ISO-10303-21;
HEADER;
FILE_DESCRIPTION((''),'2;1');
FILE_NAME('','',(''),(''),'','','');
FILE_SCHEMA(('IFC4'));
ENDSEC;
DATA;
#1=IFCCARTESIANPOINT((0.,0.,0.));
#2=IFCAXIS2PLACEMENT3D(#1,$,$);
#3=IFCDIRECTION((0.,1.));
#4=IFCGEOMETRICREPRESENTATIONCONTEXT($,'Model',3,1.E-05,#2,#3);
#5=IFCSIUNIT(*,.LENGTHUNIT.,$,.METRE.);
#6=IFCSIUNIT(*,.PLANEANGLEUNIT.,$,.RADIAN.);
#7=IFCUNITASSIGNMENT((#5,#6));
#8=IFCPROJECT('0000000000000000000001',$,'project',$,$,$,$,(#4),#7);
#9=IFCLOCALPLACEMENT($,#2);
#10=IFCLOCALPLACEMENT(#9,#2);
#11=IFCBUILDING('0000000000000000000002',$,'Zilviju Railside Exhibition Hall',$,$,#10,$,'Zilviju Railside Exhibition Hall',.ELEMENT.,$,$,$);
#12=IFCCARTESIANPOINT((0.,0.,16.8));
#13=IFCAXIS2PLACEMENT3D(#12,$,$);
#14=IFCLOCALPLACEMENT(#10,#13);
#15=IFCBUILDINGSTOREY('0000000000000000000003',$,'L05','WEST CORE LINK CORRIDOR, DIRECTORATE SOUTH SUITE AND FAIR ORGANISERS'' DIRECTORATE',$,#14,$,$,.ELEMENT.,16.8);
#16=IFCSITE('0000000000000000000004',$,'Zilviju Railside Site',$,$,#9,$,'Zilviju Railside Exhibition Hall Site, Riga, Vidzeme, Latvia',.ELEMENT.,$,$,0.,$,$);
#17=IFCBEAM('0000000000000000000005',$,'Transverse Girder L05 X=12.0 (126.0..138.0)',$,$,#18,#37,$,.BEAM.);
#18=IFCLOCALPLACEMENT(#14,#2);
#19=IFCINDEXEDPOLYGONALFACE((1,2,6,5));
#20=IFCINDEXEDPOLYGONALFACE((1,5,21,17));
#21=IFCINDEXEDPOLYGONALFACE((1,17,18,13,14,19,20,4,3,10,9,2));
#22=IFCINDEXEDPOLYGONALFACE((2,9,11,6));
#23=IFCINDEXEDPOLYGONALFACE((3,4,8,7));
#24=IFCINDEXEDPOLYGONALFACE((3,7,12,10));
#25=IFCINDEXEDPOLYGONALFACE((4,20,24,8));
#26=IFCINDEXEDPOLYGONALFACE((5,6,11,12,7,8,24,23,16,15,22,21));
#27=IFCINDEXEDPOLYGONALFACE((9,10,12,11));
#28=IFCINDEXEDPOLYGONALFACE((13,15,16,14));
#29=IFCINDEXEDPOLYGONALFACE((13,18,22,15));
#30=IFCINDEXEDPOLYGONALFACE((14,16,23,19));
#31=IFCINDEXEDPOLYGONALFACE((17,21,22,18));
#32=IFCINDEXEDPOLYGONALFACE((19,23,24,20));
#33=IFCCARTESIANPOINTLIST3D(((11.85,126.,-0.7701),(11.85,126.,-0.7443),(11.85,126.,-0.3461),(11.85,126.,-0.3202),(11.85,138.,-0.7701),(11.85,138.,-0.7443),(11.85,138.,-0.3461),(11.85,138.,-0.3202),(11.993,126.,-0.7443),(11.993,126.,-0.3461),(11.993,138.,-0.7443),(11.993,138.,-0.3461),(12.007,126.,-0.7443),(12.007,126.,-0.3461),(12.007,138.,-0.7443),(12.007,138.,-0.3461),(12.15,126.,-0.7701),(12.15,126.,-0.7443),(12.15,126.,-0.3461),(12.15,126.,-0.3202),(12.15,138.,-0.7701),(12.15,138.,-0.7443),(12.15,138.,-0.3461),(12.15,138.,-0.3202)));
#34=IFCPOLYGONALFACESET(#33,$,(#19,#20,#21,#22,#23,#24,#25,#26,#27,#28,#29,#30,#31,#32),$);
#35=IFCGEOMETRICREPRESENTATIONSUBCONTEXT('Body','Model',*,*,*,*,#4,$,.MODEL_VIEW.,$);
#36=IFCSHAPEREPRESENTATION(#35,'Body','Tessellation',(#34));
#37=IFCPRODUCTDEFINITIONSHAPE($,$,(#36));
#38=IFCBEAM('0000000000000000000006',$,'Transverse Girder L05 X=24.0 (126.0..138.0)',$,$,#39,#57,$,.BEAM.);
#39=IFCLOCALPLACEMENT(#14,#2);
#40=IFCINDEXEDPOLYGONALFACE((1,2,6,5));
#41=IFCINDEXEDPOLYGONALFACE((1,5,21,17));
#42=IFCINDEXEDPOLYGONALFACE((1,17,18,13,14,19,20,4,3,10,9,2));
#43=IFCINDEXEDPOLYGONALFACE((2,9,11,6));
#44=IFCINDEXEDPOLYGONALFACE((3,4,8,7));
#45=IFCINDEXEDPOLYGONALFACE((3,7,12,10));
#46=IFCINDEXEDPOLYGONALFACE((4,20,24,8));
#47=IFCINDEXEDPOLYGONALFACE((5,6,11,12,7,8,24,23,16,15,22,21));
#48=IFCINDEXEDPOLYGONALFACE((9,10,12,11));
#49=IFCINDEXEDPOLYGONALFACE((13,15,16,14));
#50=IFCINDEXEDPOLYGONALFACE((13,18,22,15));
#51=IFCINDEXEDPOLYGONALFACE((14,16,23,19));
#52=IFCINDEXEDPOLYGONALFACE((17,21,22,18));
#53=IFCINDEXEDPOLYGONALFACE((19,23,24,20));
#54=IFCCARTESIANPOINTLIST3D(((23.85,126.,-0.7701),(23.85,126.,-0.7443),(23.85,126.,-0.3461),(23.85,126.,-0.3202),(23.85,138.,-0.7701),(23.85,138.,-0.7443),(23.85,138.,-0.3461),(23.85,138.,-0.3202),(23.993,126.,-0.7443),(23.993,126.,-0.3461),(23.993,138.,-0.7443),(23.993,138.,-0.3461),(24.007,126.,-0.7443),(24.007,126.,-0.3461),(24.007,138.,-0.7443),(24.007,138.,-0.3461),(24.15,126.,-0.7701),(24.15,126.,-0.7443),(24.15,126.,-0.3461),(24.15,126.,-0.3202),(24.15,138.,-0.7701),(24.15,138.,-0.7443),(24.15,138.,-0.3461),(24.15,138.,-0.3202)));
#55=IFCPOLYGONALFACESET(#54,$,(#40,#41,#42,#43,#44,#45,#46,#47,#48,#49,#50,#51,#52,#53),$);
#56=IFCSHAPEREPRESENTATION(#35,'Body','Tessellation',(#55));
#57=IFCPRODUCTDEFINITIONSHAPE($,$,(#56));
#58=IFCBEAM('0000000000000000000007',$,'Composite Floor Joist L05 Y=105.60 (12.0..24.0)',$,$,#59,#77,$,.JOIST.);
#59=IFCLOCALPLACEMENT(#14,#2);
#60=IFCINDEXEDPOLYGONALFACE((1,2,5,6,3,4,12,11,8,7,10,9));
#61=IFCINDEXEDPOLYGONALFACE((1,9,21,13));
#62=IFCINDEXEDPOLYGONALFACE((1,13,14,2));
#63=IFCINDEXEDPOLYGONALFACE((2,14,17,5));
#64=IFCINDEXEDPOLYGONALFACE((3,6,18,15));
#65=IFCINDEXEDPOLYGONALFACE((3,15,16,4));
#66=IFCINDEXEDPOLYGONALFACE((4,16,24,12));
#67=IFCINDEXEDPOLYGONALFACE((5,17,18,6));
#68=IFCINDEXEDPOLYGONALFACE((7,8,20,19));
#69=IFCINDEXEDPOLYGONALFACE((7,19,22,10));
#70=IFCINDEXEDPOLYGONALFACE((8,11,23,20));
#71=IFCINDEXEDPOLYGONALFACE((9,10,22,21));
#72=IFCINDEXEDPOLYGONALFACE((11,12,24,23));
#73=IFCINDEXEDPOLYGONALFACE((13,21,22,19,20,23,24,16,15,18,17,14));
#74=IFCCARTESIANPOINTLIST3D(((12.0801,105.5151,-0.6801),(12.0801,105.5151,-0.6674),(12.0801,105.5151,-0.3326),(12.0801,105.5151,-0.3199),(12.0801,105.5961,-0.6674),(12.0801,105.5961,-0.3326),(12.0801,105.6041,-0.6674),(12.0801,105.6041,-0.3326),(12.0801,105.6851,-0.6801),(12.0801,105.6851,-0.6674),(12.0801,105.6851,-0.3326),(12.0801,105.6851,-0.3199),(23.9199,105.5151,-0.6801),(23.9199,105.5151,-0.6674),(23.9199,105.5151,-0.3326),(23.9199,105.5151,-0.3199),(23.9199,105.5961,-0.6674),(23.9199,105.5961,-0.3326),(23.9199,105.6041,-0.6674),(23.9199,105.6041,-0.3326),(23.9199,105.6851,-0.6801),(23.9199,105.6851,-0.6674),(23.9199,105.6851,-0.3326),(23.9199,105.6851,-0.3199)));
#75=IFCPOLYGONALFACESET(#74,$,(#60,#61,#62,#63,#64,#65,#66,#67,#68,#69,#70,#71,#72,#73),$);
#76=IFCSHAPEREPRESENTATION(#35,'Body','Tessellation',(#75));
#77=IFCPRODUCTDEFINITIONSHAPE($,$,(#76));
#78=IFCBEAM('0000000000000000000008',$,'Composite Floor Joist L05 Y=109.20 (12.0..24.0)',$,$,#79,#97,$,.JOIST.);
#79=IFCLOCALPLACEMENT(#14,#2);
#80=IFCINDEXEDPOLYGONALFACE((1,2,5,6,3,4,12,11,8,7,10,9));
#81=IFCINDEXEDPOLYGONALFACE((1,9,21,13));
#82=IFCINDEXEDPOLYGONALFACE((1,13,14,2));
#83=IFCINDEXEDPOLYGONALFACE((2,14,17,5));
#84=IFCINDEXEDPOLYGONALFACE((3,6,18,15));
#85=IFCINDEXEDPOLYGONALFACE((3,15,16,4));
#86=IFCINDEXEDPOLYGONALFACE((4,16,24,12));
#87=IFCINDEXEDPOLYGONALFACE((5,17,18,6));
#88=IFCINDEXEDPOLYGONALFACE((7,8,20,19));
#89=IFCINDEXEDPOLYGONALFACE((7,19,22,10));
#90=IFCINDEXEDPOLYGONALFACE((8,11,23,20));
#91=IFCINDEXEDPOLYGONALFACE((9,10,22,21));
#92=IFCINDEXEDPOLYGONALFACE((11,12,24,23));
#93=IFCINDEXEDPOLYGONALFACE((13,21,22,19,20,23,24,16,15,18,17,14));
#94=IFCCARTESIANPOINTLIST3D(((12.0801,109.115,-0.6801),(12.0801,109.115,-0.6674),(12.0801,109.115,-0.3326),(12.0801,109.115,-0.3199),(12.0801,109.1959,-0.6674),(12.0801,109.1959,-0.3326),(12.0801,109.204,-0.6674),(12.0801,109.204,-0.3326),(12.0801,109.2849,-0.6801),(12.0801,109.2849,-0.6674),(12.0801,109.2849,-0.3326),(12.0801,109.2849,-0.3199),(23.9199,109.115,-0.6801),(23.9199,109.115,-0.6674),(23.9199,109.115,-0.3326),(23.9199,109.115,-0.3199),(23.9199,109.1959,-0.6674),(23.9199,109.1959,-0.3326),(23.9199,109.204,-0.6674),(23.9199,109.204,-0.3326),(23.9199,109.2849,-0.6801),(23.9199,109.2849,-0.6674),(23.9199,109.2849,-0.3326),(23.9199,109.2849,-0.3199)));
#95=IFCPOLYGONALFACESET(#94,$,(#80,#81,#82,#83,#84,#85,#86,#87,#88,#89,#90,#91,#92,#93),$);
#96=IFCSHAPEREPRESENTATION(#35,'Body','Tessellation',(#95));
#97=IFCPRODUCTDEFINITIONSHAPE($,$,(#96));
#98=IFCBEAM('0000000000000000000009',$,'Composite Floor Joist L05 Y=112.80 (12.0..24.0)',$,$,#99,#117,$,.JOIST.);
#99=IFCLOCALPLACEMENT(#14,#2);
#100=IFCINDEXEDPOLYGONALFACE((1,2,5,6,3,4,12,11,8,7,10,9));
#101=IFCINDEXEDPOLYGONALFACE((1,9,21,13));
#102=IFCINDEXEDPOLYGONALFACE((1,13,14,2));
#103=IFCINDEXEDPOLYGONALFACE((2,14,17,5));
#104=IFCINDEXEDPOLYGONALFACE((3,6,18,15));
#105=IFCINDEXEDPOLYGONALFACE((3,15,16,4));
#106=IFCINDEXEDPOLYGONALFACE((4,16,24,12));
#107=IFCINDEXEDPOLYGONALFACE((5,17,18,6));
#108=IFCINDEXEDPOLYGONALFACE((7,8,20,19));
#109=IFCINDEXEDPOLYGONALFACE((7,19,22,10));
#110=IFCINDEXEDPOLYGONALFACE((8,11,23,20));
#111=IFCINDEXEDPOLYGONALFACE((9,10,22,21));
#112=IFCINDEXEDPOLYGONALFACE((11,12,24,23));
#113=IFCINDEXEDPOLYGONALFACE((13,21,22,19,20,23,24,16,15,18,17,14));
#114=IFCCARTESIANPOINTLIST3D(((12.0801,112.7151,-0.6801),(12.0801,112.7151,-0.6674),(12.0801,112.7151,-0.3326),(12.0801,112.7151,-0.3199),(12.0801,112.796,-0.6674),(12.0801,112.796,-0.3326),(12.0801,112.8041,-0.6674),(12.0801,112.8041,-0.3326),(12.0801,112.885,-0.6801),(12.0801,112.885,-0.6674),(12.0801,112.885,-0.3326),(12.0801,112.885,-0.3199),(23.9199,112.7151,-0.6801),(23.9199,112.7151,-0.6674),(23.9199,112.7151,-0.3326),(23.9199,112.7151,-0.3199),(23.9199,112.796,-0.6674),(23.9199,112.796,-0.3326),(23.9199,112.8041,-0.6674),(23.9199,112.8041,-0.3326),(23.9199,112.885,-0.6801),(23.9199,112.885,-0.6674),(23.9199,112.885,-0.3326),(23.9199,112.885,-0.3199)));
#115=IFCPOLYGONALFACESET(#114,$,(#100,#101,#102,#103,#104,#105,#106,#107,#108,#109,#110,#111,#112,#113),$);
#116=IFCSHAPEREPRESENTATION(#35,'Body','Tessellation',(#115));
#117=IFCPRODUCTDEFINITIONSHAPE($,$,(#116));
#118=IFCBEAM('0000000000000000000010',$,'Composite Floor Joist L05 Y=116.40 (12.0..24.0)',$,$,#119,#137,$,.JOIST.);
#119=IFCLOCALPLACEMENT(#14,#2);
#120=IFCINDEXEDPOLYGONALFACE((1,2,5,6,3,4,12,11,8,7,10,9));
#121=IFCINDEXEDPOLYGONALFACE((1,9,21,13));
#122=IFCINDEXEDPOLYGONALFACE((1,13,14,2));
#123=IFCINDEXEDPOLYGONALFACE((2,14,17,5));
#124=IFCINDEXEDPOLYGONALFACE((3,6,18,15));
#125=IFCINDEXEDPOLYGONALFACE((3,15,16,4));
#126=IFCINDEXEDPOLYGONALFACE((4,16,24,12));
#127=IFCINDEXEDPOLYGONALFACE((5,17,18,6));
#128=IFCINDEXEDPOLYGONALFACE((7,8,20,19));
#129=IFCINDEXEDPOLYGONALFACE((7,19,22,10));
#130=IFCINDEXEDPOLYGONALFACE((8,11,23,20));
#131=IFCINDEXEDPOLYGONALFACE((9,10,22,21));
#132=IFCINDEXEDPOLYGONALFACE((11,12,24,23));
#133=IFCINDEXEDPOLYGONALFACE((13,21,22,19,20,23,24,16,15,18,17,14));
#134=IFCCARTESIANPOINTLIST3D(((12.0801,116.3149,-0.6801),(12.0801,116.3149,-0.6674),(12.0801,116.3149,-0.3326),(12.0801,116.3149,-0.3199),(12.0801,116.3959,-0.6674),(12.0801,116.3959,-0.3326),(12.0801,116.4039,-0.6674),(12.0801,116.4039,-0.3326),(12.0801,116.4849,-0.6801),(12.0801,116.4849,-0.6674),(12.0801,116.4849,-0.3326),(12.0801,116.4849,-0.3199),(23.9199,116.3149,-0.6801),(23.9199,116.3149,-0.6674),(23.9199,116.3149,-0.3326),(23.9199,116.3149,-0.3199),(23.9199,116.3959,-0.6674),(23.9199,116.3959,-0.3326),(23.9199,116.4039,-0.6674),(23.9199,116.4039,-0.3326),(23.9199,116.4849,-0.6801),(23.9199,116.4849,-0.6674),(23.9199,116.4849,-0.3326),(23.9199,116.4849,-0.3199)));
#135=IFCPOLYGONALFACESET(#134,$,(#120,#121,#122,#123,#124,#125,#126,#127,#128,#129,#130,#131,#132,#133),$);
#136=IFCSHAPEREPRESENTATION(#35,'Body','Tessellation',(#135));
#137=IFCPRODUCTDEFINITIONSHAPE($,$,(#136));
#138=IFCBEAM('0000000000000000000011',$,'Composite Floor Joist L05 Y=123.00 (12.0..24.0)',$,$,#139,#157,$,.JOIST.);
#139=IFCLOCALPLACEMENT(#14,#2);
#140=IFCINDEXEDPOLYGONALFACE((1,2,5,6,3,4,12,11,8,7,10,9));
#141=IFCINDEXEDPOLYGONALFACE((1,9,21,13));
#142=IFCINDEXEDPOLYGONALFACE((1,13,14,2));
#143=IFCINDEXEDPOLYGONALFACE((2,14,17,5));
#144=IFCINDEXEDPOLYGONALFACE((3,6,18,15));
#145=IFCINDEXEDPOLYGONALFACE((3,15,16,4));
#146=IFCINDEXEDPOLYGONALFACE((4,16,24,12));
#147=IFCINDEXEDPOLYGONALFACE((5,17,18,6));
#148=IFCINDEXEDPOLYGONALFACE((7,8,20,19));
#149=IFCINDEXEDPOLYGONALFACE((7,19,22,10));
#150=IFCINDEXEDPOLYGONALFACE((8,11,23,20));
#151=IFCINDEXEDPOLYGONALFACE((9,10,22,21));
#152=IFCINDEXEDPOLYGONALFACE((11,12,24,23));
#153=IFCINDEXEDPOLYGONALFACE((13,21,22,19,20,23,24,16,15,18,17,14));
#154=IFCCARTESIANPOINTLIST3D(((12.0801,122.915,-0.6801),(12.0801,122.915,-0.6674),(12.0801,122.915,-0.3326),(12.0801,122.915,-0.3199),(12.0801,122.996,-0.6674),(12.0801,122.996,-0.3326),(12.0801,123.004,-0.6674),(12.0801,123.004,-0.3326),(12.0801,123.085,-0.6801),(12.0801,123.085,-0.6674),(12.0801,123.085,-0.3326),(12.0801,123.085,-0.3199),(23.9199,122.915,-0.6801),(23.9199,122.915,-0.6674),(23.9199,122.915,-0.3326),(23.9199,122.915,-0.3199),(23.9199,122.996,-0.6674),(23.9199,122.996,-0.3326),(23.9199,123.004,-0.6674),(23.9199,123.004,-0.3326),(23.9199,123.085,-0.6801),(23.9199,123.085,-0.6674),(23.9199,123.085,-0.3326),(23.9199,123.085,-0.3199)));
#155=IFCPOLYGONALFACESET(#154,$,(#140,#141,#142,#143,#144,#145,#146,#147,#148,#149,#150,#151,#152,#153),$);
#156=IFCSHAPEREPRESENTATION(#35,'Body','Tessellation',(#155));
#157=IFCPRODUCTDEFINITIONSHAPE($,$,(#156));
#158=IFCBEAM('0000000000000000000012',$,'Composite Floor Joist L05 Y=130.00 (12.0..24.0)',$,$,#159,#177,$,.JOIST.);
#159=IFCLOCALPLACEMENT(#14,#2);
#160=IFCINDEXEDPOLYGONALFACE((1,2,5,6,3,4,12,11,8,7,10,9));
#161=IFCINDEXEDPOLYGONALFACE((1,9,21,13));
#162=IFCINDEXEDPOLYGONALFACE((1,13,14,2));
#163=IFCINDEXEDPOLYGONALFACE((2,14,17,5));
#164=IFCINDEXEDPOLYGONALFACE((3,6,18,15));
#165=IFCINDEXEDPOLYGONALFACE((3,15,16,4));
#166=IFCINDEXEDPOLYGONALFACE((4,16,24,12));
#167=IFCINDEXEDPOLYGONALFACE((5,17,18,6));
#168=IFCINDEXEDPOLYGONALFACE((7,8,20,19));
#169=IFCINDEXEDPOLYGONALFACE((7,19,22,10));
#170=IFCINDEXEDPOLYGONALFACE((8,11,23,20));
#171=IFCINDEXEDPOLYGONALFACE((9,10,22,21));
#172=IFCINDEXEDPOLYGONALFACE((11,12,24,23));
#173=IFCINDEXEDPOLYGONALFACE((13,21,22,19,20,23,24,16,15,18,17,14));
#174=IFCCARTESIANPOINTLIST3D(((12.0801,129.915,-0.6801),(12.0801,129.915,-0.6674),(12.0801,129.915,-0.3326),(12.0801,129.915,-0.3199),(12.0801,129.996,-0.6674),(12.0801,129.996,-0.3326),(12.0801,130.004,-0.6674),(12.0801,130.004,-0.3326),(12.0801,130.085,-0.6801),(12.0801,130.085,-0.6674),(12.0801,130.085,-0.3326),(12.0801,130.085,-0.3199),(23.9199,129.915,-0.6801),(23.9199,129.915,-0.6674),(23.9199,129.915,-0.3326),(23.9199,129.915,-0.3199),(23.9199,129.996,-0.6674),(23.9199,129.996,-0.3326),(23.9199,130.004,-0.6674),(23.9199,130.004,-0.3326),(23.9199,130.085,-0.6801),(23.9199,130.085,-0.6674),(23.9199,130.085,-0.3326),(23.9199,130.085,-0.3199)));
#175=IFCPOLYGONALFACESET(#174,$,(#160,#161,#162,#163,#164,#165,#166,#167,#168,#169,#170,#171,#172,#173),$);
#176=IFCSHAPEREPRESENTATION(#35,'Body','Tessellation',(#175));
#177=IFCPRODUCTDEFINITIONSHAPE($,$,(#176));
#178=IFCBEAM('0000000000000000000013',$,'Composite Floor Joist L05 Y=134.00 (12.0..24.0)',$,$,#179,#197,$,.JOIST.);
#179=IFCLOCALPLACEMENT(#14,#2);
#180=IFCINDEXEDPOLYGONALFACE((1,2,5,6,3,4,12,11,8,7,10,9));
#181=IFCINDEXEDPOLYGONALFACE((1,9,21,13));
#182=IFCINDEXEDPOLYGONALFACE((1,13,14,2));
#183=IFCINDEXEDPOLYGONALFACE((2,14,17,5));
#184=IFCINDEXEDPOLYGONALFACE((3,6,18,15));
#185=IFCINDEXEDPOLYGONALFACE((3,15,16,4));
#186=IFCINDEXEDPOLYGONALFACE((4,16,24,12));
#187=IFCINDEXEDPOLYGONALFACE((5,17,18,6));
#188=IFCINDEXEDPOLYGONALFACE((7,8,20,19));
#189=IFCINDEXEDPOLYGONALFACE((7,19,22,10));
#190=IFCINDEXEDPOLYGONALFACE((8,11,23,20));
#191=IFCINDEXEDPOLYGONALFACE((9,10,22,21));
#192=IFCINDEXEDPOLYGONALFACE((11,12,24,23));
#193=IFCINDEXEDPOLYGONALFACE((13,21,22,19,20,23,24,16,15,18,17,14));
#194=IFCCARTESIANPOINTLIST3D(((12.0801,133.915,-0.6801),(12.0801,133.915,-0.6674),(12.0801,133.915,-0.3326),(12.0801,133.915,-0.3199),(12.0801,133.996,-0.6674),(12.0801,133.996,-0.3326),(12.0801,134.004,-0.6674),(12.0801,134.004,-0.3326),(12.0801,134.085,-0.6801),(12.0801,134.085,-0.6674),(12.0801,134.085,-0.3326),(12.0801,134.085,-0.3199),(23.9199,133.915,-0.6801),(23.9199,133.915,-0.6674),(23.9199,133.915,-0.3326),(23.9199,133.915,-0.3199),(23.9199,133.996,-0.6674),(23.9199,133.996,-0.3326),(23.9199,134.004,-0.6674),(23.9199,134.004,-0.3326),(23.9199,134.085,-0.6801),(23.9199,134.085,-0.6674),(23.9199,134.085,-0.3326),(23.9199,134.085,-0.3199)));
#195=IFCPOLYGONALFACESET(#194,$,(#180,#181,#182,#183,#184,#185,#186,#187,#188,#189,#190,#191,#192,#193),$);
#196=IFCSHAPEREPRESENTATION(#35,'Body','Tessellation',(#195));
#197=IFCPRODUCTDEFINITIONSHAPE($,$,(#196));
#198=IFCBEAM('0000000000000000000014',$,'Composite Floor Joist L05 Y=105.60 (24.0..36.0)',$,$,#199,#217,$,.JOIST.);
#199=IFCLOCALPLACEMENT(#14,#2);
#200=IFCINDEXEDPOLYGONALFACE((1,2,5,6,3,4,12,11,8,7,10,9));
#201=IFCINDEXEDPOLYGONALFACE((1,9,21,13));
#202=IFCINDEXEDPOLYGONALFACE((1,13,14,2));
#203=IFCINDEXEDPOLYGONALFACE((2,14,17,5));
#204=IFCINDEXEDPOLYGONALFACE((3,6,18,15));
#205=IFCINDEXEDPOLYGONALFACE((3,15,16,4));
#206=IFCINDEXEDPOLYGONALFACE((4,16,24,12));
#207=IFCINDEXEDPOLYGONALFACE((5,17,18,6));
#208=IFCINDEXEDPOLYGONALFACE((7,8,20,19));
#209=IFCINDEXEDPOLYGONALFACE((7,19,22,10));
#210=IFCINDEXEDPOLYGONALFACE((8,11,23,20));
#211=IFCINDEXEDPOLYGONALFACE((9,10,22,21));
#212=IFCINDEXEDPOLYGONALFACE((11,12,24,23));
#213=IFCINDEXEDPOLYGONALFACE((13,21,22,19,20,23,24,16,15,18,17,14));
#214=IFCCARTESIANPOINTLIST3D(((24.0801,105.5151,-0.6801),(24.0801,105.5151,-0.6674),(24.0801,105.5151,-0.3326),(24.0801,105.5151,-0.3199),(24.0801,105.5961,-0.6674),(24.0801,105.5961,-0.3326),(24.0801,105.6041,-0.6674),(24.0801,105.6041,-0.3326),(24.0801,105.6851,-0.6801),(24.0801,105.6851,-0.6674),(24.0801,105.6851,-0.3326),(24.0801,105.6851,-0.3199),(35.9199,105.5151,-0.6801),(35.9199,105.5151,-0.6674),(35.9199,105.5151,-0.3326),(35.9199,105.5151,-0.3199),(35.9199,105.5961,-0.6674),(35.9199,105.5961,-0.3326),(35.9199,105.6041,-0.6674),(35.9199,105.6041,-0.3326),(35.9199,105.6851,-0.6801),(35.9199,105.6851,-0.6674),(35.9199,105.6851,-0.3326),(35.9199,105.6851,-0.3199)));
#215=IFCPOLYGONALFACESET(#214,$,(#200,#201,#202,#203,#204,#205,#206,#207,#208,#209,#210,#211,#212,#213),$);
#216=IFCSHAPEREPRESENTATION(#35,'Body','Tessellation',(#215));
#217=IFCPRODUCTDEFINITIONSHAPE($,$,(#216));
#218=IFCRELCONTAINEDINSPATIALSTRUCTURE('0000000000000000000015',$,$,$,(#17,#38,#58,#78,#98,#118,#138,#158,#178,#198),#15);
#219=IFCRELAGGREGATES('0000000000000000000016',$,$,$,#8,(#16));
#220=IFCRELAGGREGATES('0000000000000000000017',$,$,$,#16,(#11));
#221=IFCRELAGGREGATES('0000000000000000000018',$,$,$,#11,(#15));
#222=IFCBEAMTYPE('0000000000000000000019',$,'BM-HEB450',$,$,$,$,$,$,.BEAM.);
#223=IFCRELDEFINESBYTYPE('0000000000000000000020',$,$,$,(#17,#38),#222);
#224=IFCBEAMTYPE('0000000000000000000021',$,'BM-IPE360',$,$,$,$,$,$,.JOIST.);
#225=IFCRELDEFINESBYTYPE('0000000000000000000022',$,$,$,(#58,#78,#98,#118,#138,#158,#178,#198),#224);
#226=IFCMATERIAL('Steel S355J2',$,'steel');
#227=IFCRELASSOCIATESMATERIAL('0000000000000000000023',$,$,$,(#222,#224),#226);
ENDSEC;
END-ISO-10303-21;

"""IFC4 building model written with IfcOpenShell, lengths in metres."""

from ifc_helpers import new_model, si_unit, direction, frame, origin, origin_2d, place, context, subcontext, project, spatial, i_section, extrude, material, material_profile, profile_set, type_object, element, save


model = new_model("IFC4")

# Units and contexts
model_context = context("Model", 3, precision=1e-05, world=origin(), true_north=direction((0.0, 1.0)))
body_context = subcontext(model_context, "Body", "Model", "MODEL_VIEW")
ifc_project = project(units=[si_unit("LENGTHUNIT", "METRE"), si_unit("PLANEANGLEUNIT", "RADIAN")], contexts=[model_context])

# Site, building, storey
site_placement = place(None, origin())
site = spatial("IfcSite", under=ifc_project, at=site_placement, Name="Zilviju Railside Site", LongName="Zilviju Railside Exhibition Hall Site, Riga, Vidzeme, Latvia", CompositionType="ELEMENT", RefElevation=0.0)
building_placement = place(site_placement, origin())
building = spatial("IfcBuilding", under=site, at=building_placement, Name="Zilviju Railside Exhibition Hall", LongName="Zilviju Railside Exhibition Hall", CompositionType="ELEMENT")
storey_placement = place(building_placement, frame((0.0, 0.0, 16.8)))
storey = spatial("IfcBuildingStorey", under=building, at=storey_placement, Name="L05", Description="WEST CORE LINK CORRIDOR, DIRECTORATE SOUTH SUITE AND FAIR ORGANISERS' DIRECTORATE", CompositionType="ELEMENT", Elevation=16.8)

# Beams
ifc_material_1 = material(Name="Steel S355J2", Category="steel")
ifc_material_profile_1 = material_profile(ifc_material_1, i_section(OverallWidth=0.3, OverallDepth=0.45, WebThickness=0.0139, FlangeThickness=0.0259, at=origin_2d()), Name="HEB 450")
ifc_profile_set_1 = profile_set([ifc_material_profile_1], Name="Steel S355J2")
beam_type_1 = type_object("IfcBeamType", Name="BM-HEB450", PredefinedType="BEAM", material=ifc_profile_set_1)
for number, where, z_axis, x_axis, name in (
    (1, (12.0, 126.0, -0.5452), (0.0, 1.0, 0.0), (-1.0, 0.0, 0.0), "Transverse Girder L05 X=12.0 (126.0..138.0)"),
    (2, (24.0, 126.0, -0.5452), (0.0, 1.0, 0.0), (-1.0, 0.0, 0.0), "Transverse Girder L05 X=24.0 (126.0..138.0)"),
):
    element("IfcBeam", number, at=place(storey_placement, frame(where, z_axis=z_axis, x_axis=x_axis)), inside=storey, type_object=beam_type_1, Name=name, PredefinedType="BEAM", context=body_context, shape_type="SweptSolid", body=[
        extrude(i_section(OverallWidth=0.3, OverallDepth=0.45, WebThickness=0.0139, FlangeThickness=0.0259, at=origin_2d()), origin(), (0.0, 0.0, 1.0), 12.0),
    ])
ifc_material_profile_2 = material_profile(ifc_material_1, i_section(OverallWidth=0.1699, OverallDepth=0.3601, WebThickness=0.0081, FlangeThickness=0.0127, at=origin_2d()), Name="IPE 360")
ifc_profile_set_2 = profile_set([ifc_material_profile_2], Name="Steel S355J2")
beam_type_2 = type_object("IfcBeamType", Name="BM-IPE360", PredefinedType="JOIST", material=ifc_profile_set_2)
for number, where, z_axis, x_axis, name in (
    (3, (12.0801, 105.6001, -0.5), (1.0, 0.0, 0.0), (0.0, 1.0, 0.0), "Composite Floor Joist L05 Y=105.60 (12.0..24.0)"),
    (4, (12.0801, 109.2, -0.5), (1.0, 0.0, 0.0), (0.0, 1.0, 0.0), "Composite Floor Joist L05 Y=109.20 (12.0..24.0)"),
    (5, (12.0801, 112.8, -0.5), (1.0, 0.0, 0.0), (0.0, 1.0, 0.0), "Composite Floor Joist L05 Y=112.80 (12.0..24.0)"),
    (6, (12.0801, 116.3999, -0.5), (1.0, 0.0, 0.0), (0.0, 1.0, 0.0), "Composite Floor Joist L05 Y=116.40 (12.0..24.0)"),
    (7, (12.0801, 123.0, -0.5), (1.0, 0.0, 0.0), (0.0, 1.0, 0.0), "Composite Floor Joist L05 Y=123.00 (12.0..24.0)"),
    (8, (12.0801, 130.0, -0.5), (1.0, 0.0, 0.0), (0.0, 1.0, 0.0), "Composite Floor Joist L05 Y=130.00 (12.0..24.0)"),
    (9, (12.0801, 134.0, -0.5), (1.0, 0.0, 0.0), (0.0, 1.0, 0.0), "Composite Floor Joist L05 Y=134.00 (12.0..24.0)"),
    (10, (24.0801, 105.6001, -0.5), (1.0, 0.0, 0.0), (0.0, 1.0, 0.0), "Composite Floor Joist L05 Y=105.60 (24.0..36.0)"),
):
    element("IfcBeam", number, at=place(storey_placement, frame(where, z_axis=z_axis, x_axis=x_axis)), inside=storey, type_object=beam_type_2, Name=name, PredefinedType="JOIST", context=body_context, shape_type="SweptSolid", body=[
        extrude(i_section(OverallWidth=0.1699, OverallDepth=0.3601, WebThickness=0.0081, FlangeThickness=0.0127, at=origin_2d()), origin(), (0.0, 0.0, 1.0), 11.8398),
    ])

save(model, "model.ifc")
